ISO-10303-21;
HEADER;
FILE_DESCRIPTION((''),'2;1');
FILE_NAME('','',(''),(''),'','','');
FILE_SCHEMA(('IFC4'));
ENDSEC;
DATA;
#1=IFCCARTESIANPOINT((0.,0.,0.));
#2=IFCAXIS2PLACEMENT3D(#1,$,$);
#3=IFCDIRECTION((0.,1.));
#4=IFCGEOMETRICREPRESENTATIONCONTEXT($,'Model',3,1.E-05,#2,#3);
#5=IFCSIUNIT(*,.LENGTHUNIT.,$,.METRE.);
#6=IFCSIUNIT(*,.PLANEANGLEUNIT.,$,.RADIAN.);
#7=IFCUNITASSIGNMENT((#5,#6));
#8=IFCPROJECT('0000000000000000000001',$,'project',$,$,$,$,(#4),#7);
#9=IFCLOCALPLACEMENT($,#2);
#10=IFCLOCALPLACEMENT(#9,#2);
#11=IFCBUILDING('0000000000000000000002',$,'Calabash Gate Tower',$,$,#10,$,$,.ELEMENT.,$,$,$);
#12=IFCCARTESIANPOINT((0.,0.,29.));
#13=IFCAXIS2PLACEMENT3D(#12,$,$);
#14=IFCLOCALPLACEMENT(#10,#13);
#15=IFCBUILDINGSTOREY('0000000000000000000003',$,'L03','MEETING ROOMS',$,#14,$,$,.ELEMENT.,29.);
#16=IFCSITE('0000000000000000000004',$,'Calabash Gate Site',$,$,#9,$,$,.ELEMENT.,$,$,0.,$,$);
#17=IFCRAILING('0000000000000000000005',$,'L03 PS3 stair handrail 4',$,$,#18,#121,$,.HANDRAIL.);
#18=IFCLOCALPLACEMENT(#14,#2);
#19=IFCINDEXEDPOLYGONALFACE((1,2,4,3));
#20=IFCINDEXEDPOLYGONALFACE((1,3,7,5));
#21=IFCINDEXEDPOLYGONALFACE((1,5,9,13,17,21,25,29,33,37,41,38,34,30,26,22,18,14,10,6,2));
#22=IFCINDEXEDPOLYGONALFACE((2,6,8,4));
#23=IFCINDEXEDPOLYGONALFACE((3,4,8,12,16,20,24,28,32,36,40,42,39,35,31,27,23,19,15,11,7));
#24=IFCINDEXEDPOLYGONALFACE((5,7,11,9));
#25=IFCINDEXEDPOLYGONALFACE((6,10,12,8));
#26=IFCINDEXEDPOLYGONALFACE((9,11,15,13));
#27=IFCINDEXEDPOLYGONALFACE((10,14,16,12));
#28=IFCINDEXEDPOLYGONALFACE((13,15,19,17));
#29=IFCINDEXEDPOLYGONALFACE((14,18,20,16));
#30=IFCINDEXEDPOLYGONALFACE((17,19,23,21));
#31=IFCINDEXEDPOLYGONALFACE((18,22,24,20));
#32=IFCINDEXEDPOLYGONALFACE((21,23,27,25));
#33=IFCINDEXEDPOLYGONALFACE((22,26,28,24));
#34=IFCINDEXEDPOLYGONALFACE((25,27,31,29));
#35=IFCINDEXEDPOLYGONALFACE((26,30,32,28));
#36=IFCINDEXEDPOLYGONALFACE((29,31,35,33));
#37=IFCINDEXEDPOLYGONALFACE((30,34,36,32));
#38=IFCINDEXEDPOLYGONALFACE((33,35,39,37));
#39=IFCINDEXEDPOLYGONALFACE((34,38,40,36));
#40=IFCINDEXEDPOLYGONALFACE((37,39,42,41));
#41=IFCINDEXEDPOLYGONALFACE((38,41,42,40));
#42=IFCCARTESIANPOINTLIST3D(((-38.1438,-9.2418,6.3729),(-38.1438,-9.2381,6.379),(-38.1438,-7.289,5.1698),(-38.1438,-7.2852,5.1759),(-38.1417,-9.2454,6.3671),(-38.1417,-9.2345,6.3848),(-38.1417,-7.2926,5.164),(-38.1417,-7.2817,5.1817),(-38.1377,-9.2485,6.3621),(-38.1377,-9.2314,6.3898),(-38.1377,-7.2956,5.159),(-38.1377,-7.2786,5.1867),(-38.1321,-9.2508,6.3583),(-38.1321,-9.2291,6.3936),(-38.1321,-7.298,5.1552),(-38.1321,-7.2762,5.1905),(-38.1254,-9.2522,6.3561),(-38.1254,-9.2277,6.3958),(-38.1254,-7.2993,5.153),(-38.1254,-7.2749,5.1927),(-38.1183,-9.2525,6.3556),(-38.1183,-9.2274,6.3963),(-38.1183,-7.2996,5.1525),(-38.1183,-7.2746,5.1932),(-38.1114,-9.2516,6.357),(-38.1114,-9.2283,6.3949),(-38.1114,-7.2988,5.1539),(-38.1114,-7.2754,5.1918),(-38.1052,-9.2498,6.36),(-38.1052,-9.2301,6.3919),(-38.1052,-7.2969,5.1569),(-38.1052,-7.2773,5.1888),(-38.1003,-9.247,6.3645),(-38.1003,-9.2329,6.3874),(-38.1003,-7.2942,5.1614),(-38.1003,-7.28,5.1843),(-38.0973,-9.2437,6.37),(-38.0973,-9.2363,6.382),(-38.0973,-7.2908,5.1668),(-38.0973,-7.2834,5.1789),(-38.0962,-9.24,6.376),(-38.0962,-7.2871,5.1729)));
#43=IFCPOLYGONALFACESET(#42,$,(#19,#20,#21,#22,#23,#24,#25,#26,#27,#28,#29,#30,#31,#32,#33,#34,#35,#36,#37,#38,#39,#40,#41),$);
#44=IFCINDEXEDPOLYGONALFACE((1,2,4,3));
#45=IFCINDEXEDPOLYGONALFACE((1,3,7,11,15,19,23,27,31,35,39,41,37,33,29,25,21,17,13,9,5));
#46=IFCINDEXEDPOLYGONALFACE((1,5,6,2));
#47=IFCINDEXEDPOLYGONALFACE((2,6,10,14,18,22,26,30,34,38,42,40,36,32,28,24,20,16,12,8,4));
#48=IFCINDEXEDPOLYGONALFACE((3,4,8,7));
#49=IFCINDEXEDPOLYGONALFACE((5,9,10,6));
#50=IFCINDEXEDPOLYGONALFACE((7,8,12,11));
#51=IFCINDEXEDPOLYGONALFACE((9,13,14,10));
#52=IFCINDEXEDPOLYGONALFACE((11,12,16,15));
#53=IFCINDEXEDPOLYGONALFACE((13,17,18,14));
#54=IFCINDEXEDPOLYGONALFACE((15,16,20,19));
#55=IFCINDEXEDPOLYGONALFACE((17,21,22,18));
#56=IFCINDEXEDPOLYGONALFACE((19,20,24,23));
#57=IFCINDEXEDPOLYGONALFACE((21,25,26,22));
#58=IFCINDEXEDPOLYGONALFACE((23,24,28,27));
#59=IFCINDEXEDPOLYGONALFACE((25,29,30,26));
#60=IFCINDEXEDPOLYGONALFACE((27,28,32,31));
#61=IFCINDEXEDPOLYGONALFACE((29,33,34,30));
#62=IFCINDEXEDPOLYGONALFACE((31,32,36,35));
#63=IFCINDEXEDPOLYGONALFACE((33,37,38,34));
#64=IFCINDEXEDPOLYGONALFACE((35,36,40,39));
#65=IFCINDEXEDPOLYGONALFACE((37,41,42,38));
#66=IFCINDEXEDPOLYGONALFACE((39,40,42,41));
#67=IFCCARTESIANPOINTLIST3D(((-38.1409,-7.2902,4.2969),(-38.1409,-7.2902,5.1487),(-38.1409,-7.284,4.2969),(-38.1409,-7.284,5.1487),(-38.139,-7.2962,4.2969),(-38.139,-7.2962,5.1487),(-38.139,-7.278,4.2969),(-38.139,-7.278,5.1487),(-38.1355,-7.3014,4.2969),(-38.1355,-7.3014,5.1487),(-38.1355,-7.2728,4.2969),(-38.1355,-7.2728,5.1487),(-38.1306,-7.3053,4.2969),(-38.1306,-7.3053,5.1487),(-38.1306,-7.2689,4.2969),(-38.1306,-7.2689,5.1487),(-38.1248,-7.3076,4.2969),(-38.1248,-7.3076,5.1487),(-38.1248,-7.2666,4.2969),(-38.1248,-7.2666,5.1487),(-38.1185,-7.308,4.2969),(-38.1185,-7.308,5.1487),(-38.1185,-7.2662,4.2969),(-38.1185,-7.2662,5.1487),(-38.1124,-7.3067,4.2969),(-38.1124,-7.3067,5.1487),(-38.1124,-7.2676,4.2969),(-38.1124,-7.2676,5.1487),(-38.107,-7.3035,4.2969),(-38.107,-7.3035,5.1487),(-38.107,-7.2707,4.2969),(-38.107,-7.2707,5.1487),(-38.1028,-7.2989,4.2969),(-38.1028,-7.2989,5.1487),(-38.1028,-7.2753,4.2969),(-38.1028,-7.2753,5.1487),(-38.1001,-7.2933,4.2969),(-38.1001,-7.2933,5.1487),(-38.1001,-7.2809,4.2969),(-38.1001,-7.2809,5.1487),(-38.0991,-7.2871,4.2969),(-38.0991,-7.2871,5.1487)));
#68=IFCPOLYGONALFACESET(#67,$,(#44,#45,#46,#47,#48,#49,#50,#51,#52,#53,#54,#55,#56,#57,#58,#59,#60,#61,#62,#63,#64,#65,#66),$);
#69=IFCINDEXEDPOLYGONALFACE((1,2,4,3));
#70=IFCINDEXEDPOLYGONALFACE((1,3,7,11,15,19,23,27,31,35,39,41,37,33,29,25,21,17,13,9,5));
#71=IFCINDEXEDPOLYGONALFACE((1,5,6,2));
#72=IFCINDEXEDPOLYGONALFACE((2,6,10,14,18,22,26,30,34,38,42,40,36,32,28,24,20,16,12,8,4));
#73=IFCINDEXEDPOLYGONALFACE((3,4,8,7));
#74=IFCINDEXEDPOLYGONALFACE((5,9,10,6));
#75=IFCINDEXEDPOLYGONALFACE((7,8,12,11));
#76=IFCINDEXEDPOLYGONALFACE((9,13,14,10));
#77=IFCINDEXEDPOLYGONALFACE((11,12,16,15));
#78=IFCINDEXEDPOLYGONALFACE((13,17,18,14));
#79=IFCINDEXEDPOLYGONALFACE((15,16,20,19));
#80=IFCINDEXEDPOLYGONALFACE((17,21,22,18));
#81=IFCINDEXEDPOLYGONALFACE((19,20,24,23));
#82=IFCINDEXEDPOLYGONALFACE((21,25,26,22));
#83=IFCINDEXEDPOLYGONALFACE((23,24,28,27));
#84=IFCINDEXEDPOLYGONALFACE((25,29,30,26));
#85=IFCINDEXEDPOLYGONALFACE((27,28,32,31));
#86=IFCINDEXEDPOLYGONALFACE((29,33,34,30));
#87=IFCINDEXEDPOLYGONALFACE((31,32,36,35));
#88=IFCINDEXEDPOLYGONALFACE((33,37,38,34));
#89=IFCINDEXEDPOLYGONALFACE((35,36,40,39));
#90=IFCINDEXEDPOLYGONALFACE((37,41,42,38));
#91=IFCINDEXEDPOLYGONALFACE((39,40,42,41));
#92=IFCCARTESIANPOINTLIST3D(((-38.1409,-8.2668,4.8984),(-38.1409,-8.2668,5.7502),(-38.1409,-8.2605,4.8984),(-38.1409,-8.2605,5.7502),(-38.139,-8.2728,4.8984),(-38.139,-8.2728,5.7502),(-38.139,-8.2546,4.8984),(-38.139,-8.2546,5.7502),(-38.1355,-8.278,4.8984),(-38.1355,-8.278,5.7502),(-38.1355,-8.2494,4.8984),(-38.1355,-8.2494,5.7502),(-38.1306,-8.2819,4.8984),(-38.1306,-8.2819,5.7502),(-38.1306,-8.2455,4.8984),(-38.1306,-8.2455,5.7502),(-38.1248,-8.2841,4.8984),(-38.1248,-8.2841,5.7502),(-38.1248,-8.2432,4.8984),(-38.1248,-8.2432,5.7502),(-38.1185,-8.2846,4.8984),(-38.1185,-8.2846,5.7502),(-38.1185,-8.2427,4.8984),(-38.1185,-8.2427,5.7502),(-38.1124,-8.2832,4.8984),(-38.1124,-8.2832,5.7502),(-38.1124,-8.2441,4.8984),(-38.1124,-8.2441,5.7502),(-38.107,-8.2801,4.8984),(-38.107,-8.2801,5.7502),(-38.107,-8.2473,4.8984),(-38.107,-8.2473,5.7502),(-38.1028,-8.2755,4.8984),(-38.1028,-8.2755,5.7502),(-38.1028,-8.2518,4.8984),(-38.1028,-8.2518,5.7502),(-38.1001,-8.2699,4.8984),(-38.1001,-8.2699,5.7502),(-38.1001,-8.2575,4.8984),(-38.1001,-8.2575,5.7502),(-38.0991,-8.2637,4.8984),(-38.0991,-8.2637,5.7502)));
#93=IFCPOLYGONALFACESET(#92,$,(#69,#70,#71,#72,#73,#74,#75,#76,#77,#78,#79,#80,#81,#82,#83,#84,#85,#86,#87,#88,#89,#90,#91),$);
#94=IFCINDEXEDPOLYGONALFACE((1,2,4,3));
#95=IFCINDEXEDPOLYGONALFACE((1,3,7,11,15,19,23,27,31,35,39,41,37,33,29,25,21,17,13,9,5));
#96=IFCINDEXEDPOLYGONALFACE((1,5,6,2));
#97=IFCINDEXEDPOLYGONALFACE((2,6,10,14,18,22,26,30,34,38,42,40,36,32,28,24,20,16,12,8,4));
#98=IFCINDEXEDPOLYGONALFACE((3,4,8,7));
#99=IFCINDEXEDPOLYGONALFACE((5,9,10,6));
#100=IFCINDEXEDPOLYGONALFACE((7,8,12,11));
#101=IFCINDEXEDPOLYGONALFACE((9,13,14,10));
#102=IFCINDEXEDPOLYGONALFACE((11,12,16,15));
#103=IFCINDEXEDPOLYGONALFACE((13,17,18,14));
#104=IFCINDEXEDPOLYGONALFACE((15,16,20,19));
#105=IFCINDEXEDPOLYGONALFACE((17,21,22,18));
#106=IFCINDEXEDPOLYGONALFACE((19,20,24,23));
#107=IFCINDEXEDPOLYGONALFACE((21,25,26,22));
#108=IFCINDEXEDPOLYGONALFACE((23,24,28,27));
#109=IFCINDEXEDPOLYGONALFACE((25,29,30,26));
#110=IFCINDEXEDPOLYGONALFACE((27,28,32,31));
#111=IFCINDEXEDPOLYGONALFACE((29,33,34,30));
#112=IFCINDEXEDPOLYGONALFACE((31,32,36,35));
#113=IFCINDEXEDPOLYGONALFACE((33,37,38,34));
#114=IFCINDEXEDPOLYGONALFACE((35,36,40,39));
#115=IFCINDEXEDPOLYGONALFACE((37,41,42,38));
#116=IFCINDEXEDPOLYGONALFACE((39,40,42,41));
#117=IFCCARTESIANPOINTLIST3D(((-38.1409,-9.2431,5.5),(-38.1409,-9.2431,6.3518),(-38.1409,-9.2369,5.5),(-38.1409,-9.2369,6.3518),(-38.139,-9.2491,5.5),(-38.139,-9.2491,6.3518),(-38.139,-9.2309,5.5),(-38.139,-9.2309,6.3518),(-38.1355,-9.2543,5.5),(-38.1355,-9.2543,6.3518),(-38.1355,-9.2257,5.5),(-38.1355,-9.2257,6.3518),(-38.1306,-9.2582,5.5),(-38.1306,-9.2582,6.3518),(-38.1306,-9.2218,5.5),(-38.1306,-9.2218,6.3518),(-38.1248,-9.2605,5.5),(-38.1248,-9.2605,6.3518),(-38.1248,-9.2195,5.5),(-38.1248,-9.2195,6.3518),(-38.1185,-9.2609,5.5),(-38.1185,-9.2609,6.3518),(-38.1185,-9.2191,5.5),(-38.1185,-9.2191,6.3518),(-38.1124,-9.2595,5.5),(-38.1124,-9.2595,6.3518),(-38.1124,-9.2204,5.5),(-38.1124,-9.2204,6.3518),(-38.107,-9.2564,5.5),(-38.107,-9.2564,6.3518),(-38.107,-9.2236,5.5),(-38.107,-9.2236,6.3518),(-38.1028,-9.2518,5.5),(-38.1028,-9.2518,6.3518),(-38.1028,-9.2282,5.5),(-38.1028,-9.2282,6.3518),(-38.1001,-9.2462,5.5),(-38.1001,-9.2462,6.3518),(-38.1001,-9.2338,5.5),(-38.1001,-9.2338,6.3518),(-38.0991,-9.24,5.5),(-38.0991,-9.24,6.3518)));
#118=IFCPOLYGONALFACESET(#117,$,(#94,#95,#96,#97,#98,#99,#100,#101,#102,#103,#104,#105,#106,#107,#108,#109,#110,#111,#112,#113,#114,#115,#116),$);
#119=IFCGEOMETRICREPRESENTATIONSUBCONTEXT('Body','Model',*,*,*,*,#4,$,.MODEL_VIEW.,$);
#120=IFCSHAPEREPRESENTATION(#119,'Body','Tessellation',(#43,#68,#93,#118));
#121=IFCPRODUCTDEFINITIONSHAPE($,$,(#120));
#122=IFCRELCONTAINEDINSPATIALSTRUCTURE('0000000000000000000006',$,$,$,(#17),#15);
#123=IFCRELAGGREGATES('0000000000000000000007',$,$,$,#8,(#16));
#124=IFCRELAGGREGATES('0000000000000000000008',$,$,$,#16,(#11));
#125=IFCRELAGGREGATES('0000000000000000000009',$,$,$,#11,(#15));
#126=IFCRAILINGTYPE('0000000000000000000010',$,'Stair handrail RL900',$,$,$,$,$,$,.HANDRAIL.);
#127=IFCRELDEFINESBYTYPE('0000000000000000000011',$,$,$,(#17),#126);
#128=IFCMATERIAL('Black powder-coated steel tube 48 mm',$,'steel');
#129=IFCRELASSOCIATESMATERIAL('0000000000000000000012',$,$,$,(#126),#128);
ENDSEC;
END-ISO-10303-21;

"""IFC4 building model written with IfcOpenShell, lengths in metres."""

from ifc_helpers import new_model, si_unit, direction, frame, origin, origin_2d, place, context, subcontext, project, spatial, circle, extrude, material, type_object, element, save


model = new_model("IFC4")

# Units and contexts
model_context = context("Model", 3, precision=1e-05, world=origin(), true_north=direction((0.0, 1.0)))
body_context = subcontext(model_context, "Body", "Model", "MODEL_VIEW")
ifc_project = project(units=[si_unit("LENGTHUNIT", "METRE"), si_unit("PLANEANGLEUNIT", "RADIAN")], contexts=[model_context])

# Site, building, storey
site_placement = place(None, origin())
site = spatial("IfcSite", under=ifc_project, at=site_placement, Name="Calabash Gate Site", CompositionType="ELEMENT", RefElevation=0.0)
building_placement = place(site_placement, origin())
building = spatial("IfcBuilding", under=site, at=building_placement, Name="Calabash Gate Tower", CompositionType="ELEMENT")
storey_placement = place(building_placement, frame((0.0, 0.0, 29.0)))
storey = spatial("IfcBuildingStorey", under=building, at=storey_placement, Name="L03", Description="MEETING ROOMS", CompositionType="ELEMENT", Elevation=29.0)

# Railing
ifc_material_1 = material(Name="Black powder-coated steel tube 48 mm", Category="steel")
railing_type_1 = type_object("IfcRailingType", Name="Stair handrail RL900", PredefinedType="HANDRAIL", material=ifc_material_1)
railing_1_placement = place(storey_placement, frame((-38.1201, -7.2871, 4.2969)))
element("IfcRailing", 1, at=railing_1_placement, inside=storey, type_object=railing_type_1, Name="L03 PS3 stair handrail 4", PredefinedType="HANDRAIL", context=body_context, shape_type="SweptSolid", body=[
    extrude(circle(Radius=0.0239, at=origin_2d()), frame((0.0, 0.0, 0.876), z_axis=(0.0, -0.851395, 0.524525), x_axis=(1.0, 0.0, 0.0)), (0.0, 0.0, 1.0), 2.2937),
    extrude(circle(Radius=0.021, at=origin_2d()), origin(), (0.0, 0.0, 1.0), 0.8518),
    extrude(circle(Radius=0.021, at=origin_2d()), frame((0.0, -0.9766, 0.6016)), (0.0, 0.0, 1.0), 0.8518),
    extrude(circle(Radius=0.021, at=origin_2d()), frame((0.0, -1.9529, 1.2031)), (0.0, 0.0, 1.0), 0.8518),
])

save(model, "model.ifc")
